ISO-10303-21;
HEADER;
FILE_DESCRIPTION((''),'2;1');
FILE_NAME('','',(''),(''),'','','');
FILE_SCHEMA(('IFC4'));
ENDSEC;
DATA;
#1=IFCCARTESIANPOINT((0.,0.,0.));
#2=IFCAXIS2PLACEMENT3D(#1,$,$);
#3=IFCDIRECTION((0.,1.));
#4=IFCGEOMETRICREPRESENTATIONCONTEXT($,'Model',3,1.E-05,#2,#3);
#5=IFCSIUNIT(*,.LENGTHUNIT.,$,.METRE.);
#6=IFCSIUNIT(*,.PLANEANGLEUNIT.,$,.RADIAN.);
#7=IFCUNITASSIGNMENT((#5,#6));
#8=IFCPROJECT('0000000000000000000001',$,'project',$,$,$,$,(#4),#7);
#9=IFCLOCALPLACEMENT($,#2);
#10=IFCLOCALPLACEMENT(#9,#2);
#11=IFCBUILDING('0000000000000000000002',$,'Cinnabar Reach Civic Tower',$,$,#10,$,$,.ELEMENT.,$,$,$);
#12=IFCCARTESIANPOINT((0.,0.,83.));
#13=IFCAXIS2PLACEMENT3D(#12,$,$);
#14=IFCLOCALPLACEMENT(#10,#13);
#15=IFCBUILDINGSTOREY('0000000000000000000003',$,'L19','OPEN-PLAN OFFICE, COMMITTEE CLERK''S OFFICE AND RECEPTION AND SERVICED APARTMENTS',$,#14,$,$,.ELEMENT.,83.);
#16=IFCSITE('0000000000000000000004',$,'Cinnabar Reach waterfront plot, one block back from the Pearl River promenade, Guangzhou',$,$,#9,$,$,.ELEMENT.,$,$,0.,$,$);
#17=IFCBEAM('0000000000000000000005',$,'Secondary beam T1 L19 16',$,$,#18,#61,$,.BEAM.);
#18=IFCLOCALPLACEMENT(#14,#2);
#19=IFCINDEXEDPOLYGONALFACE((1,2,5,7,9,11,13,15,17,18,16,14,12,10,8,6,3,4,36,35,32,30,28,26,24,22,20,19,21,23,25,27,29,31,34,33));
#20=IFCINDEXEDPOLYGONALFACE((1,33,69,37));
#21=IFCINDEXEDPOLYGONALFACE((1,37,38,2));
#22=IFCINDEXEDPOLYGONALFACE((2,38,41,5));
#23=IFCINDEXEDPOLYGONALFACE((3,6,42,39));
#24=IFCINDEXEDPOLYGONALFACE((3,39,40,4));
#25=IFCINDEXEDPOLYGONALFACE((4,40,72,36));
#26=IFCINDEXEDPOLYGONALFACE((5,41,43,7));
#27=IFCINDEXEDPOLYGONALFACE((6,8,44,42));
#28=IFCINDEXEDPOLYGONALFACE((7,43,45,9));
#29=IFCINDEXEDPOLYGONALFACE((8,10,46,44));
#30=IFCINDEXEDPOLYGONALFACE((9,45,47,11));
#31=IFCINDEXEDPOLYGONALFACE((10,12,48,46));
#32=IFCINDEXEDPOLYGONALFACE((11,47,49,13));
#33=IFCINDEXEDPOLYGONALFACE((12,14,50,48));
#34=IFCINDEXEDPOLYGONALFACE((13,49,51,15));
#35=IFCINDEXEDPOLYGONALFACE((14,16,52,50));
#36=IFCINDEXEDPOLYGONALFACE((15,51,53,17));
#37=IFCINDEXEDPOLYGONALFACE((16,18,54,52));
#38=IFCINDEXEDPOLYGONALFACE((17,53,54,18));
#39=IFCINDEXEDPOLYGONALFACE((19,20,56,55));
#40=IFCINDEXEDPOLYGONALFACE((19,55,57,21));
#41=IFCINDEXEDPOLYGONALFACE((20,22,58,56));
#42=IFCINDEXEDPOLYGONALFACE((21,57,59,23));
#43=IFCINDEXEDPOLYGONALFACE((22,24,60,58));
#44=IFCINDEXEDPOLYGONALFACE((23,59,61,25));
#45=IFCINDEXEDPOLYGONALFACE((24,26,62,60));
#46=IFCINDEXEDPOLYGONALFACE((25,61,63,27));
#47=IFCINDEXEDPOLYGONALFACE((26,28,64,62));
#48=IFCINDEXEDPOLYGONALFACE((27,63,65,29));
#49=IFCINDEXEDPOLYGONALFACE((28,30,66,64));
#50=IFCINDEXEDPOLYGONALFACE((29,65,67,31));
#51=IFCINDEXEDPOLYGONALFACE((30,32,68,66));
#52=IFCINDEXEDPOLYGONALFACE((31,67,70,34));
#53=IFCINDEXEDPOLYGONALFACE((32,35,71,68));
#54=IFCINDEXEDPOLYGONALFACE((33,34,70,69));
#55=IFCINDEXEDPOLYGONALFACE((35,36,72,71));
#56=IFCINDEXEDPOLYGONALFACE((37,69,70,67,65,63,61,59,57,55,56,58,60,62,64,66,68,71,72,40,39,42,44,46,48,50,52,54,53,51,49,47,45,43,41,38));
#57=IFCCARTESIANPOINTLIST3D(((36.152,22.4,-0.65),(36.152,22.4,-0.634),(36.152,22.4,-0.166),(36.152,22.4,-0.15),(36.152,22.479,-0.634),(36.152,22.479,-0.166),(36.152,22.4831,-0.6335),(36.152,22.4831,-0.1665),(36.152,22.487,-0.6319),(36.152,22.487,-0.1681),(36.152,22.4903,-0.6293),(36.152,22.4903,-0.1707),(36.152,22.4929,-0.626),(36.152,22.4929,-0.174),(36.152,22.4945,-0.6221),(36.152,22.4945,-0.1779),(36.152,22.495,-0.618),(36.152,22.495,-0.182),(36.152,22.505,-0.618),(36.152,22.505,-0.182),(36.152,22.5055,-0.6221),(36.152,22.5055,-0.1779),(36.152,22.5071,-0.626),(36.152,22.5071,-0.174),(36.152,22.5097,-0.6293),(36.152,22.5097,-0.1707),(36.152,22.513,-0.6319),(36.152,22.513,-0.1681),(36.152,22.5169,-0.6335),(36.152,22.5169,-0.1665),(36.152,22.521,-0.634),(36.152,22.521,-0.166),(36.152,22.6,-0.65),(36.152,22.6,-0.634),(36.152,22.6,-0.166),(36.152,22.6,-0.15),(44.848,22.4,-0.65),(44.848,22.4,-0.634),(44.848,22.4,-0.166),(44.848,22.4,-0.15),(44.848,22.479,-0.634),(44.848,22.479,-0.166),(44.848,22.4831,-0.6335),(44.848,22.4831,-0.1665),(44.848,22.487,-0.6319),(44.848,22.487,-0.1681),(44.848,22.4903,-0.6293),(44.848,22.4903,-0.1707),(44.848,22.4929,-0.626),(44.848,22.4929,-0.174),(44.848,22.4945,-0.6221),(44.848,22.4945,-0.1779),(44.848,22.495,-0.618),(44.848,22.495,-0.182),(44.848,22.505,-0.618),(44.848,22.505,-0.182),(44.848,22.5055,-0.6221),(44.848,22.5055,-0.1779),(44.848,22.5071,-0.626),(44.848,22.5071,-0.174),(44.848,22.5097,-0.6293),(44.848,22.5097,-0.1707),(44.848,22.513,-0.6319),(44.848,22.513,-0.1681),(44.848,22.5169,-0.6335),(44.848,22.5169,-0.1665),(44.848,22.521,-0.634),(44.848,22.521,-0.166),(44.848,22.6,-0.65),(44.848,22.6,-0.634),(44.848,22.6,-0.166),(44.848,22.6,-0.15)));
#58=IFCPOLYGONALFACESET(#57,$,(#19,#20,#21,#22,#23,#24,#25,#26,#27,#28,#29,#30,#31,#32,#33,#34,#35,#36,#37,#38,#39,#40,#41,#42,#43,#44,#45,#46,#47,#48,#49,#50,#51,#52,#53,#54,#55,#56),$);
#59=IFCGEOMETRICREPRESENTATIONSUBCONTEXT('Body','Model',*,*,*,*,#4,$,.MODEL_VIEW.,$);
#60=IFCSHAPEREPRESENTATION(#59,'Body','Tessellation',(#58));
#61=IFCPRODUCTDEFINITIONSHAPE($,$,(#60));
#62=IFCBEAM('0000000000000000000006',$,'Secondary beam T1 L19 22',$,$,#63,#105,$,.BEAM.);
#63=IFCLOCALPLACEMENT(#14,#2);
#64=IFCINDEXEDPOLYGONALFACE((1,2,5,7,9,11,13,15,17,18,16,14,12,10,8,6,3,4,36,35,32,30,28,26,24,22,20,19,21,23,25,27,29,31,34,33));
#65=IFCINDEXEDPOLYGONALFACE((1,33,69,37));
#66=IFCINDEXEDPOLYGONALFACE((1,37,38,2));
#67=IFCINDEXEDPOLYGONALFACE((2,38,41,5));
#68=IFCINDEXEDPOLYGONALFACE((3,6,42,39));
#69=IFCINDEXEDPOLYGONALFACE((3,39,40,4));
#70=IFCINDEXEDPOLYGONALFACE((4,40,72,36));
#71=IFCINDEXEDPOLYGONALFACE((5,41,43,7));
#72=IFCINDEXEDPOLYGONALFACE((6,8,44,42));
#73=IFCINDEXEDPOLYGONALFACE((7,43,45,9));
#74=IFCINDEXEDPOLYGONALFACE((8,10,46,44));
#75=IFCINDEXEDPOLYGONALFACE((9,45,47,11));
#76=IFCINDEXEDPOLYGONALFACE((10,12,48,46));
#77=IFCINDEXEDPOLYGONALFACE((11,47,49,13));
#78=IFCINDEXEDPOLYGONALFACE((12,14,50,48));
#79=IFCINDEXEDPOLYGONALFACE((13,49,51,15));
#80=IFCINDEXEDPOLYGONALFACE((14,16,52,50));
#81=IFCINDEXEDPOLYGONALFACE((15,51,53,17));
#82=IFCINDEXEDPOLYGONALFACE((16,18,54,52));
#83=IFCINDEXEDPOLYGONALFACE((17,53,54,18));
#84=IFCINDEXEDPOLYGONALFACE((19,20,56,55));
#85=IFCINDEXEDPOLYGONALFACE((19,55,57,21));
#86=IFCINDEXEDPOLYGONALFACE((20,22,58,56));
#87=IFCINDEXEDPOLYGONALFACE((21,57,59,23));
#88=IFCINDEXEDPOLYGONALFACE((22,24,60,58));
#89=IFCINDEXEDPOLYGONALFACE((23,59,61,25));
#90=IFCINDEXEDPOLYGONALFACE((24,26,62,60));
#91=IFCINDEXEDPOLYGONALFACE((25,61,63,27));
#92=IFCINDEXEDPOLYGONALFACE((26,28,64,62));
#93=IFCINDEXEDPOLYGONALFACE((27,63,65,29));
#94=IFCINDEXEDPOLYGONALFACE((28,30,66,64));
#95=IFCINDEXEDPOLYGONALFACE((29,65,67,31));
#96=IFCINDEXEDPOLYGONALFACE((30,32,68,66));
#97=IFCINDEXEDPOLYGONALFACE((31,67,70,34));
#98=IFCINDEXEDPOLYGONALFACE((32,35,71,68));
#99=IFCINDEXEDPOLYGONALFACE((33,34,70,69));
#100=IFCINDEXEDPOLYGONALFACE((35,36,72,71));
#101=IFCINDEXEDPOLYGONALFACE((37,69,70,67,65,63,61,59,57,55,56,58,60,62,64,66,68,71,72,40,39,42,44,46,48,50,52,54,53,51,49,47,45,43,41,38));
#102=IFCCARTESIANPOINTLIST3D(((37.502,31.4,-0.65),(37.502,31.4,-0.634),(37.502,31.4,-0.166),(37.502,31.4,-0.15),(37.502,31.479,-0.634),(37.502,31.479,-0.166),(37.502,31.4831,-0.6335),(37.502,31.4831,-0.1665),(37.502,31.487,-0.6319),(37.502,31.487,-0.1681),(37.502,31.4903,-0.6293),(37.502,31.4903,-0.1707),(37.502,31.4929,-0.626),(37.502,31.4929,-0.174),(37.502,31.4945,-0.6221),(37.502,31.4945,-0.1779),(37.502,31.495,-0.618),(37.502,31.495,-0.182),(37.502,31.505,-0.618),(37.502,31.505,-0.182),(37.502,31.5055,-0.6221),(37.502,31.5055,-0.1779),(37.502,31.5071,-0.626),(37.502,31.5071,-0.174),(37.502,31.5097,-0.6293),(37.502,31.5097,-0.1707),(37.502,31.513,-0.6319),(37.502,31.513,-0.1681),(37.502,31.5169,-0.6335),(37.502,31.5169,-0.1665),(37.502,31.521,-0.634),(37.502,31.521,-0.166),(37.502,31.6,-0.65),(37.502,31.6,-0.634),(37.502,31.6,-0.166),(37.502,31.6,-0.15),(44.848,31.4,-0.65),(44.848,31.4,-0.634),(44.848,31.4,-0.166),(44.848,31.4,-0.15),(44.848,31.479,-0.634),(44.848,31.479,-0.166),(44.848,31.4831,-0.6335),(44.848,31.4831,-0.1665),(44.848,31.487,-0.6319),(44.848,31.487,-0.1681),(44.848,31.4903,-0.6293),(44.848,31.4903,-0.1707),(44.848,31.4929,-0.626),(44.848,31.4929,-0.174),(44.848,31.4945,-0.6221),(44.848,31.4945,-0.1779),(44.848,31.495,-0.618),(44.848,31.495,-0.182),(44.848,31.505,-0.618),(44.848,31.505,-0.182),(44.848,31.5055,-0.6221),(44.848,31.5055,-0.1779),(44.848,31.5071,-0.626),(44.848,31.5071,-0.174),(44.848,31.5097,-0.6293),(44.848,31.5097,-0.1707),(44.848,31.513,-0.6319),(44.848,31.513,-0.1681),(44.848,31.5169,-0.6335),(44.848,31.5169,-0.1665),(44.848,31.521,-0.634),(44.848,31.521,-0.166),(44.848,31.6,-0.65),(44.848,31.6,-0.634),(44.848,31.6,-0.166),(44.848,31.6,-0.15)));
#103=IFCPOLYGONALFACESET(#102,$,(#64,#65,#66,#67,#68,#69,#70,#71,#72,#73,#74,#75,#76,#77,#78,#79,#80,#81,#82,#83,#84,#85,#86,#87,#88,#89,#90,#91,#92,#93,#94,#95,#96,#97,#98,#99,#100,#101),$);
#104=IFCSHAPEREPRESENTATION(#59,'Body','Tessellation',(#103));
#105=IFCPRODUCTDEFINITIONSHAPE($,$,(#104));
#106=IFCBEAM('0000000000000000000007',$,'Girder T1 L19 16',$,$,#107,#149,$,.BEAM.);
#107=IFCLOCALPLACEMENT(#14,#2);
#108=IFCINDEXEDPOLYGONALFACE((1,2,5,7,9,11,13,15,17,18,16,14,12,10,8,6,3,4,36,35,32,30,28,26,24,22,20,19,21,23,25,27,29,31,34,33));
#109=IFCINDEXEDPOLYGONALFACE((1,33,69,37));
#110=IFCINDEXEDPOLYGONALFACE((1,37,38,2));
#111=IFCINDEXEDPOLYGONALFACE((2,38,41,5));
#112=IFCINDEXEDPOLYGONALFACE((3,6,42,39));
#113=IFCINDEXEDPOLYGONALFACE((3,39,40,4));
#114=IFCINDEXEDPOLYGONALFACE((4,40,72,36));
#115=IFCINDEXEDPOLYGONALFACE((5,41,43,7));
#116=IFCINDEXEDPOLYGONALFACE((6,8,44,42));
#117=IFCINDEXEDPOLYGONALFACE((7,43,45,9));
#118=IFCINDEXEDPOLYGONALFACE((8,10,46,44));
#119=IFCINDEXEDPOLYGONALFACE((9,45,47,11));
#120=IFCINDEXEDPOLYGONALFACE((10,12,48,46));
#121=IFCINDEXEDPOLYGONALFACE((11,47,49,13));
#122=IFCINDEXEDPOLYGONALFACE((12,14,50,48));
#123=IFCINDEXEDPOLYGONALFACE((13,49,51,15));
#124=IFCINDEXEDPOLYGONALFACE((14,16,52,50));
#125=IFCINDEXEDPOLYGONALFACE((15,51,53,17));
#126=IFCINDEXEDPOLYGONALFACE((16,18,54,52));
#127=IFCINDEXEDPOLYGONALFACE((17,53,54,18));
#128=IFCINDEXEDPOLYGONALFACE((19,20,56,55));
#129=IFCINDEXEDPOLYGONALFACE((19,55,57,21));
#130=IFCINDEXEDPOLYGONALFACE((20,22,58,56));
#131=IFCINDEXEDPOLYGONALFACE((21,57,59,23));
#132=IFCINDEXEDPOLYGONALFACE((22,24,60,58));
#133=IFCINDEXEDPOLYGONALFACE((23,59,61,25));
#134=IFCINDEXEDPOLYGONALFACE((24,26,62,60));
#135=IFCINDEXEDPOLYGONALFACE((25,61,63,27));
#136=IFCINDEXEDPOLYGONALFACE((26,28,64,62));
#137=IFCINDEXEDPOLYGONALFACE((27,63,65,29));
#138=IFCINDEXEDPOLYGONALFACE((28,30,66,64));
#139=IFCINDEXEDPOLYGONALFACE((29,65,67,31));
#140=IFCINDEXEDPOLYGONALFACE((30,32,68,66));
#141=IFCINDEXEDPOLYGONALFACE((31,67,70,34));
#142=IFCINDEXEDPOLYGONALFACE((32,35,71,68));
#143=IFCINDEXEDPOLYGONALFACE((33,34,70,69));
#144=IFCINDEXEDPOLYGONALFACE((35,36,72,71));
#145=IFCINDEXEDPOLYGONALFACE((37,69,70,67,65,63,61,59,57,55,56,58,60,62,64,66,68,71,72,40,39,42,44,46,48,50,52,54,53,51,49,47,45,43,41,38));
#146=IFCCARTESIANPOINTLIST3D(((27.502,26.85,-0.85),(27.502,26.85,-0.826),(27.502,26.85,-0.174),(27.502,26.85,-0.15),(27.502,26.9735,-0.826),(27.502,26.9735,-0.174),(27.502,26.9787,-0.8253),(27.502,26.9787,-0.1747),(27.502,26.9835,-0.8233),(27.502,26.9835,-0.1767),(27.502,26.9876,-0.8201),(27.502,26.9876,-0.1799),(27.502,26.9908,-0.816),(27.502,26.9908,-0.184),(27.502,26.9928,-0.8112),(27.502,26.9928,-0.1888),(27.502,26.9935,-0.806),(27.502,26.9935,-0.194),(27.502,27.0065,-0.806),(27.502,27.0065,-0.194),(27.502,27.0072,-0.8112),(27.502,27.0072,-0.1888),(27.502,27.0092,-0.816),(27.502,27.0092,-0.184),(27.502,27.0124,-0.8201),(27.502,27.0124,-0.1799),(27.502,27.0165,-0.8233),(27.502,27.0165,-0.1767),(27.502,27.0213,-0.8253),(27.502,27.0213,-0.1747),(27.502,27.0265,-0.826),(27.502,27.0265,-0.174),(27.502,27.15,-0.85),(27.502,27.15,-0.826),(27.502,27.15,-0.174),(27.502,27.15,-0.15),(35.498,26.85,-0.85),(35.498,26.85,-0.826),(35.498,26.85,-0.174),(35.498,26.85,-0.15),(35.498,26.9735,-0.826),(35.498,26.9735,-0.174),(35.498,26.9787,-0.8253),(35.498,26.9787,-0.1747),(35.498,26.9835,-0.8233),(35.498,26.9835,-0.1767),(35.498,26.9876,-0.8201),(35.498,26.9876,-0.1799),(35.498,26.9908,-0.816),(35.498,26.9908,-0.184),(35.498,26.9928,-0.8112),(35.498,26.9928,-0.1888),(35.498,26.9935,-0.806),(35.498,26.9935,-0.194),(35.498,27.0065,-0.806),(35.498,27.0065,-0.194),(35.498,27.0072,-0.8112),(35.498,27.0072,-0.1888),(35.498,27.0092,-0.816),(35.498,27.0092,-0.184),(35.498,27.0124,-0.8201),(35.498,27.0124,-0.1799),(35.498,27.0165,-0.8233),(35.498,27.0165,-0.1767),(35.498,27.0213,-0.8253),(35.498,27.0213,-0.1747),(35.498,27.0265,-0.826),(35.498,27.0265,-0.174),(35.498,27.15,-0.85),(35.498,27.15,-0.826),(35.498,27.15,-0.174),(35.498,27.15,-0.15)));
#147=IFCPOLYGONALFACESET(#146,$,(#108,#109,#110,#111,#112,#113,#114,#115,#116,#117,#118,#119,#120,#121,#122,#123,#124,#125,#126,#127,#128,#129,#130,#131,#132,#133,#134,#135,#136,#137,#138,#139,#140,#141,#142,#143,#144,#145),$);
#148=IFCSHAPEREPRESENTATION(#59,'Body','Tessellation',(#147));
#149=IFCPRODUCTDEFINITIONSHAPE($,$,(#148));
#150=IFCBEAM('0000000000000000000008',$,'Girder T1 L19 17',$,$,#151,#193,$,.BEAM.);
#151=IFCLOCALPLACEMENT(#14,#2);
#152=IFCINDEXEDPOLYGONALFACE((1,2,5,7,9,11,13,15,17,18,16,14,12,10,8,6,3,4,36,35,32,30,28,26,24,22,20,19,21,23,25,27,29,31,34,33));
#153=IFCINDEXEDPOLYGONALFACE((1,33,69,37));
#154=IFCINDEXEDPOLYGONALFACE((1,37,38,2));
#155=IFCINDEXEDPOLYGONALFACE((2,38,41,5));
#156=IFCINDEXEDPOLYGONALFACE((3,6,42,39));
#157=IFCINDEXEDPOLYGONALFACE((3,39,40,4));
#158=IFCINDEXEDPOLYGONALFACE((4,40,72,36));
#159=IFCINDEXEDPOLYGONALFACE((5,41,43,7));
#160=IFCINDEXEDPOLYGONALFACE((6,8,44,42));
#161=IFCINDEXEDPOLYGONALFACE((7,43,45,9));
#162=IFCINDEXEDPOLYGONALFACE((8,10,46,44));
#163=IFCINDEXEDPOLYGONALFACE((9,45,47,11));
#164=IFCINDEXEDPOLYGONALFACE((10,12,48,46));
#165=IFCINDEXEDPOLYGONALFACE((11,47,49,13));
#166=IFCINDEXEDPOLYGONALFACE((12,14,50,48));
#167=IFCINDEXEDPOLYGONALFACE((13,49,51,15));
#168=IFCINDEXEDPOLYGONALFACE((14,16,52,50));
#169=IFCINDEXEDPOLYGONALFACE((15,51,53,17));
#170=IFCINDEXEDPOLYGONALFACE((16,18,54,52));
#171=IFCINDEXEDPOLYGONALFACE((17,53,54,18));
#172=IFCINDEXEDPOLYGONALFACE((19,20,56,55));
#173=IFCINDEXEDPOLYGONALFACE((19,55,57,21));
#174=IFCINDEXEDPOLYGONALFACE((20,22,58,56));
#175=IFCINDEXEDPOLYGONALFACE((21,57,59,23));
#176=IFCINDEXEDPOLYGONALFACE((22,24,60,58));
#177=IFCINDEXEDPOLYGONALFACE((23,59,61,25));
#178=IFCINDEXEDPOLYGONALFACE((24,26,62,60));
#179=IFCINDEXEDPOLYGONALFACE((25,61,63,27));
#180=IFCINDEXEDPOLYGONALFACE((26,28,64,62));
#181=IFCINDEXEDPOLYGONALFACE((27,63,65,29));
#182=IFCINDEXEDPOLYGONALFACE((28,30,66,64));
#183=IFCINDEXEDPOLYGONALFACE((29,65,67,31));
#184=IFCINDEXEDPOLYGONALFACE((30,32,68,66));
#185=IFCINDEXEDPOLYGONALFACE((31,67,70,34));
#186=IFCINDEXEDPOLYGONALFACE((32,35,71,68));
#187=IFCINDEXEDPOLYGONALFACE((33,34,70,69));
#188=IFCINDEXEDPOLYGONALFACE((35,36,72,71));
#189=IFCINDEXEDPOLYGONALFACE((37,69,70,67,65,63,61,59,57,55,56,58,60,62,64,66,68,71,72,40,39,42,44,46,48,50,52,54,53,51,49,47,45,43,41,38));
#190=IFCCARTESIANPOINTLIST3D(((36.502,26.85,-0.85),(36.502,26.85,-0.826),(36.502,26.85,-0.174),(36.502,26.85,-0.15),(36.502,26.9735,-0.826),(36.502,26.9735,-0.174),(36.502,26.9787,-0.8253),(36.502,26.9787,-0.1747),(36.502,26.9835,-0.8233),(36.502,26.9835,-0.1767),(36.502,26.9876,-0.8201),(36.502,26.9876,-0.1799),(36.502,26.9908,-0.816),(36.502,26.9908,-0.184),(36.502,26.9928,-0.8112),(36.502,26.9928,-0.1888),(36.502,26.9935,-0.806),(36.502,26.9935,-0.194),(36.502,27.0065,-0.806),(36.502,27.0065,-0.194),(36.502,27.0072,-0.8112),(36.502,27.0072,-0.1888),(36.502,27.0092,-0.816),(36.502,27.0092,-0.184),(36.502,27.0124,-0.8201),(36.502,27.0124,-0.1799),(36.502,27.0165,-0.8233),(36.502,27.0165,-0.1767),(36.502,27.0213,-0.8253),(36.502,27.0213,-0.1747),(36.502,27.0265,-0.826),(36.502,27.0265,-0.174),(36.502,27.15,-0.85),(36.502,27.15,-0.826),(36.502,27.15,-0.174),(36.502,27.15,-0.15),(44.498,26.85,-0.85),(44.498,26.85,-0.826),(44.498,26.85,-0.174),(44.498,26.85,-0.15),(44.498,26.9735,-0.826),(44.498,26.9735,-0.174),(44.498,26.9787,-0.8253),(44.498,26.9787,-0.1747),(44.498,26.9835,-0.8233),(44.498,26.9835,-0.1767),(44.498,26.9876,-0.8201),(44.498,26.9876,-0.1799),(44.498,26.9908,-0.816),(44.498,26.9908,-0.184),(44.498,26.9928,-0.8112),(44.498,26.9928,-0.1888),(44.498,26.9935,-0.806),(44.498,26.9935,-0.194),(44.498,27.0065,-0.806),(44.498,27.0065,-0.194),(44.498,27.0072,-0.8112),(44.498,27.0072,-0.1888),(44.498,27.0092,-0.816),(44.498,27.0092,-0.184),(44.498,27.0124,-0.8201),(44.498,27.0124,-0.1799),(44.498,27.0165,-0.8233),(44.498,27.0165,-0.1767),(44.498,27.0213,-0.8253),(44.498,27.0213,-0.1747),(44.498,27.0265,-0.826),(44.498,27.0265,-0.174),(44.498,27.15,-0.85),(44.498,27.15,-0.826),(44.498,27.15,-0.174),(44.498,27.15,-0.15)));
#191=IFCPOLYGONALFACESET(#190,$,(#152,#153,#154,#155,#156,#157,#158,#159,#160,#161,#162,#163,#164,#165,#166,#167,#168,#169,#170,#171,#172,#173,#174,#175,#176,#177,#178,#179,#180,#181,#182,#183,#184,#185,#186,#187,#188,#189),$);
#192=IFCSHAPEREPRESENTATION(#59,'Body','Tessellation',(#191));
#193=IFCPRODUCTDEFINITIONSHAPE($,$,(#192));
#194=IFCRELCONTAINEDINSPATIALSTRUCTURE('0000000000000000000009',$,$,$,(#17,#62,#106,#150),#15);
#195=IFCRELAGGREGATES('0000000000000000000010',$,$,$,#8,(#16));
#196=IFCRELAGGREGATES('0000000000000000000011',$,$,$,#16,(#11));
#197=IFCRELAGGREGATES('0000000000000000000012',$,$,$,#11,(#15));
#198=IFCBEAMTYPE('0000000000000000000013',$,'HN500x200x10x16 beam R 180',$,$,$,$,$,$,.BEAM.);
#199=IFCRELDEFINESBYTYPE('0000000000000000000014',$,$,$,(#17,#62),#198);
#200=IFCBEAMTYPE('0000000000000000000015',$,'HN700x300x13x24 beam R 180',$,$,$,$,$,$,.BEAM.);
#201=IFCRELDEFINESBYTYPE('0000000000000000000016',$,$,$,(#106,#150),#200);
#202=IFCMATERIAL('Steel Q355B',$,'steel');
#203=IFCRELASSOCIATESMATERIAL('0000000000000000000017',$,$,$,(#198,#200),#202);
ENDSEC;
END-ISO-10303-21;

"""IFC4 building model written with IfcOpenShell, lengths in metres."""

from ifc_helpers import new_model, si_unit, direction, frame, origin, origin_2d, place, context, subcontext, project, spatial, i_section, extrude, material, material_profile, profile_set, type_object, element, save


model = new_model("IFC4")

# Units and contexts
model_context = context("Model", 3, precision=1e-05, world=origin(), true_north=direction((0.0, 1.0)))
body_context = subcontext(model_context, "Body", "Model", "MODEL_VIEW")
ifc_project = project(units=[si_unit("LENGTHUNIT", "METRE"), si_unit("PLANEANGLEUNIT", "RADIAN")], contexts=[model_context])

# Site, building, storey
site_placement = place(None, origin())
site = spatial("IfcSite", under=ifc_project, at=site_placement, Name="Cinnabar Reach waterfront plot, one block back from the Pearl River promenade, Guangzhou", CompositionType="ELEMENT", RefElevation=0.0)
building_placement = place(site_placement, origin())
building = spatial("IfcBuilding", under=site, at=building_placement, Name="Cinnabar Reach Civic Tower", CompositionType="ELEMENT")
storey_placement = place(building_placement, frame((0.0, 0.0, 83.0)))
storey = spatial("IfcBuildingStorey", under=building, at=storey_placement, Name="L19", Description="OPEN-PLAN OFFICE, COMMITTEE CLERK'S OFFICE AND RECEPTION AND SERVICED APARTMENTS", CompositionType="ELEMENT", Elevation=83.0)

# Beams
ifc_material_1 = material(Name="Steel Q355B", Category="steel")
ifc_material_profile_1 = material_profile(ifc_material_1, i_section(OverallWidth=0.2, OverallDepth=0.5, WebThickness=0.01, FlangeThickness=0.016, FilletRadius=0.016, at=origin_2d()), Name="HN500x200x10x16")
ifc_profile_set_1 = profile_set([ifc_material_profile_1], Name="Steel Q355B")
beam_type_1 = type_object("IfcBeamType", Name="HN500x200x10x16 beam R 180", PredefinedType="BEAM", material=ifc_profile_set_1)
for number, where, z_axis, x_axis, name in (
    (1, (36.152, 22.5, -0.4), (1.0, 0.0, 0.0), (0.0, 1.0, 0.0), "Secondary beam T1 L19 16"),
):
    element("IfcBeam", number, at=place(storey_placement, frame(where, z_axis=z_axis, x_axis=x_axis)), inside=storey, type_object=beam_type_1, Name=name, PredefinedType="BEAM", context=body_context, shape_type="SweptSolid", body=[
        extrude(i_section(OverallWidth=0.2, OverallDepth=0.5, WebThickness=0.01, FlangeThickness=0.016, FilletRadius=0.016, at=origin_2d()), origin(), (0.0, 0.0, 1.0), 8.696),
    ])
beam_1_placement = place(storey_placement, frame((37.502, 31.5, -0.4), z_axis=(1.0, 0.0, 0.0), x_axis=(0.0, 1.0, 0.0)))
element("IfcBeam", 2, at=beam_1_placement, inside=storey, type_object=beam_type_1, Name="Secondary beam T1 L19 22", PredefinedType="BEAM", context=body_context, shape_type="SweptSolid", body=[
    extrude(i_section(OverallWidth=0.2, OverallDepth=0.5, WebThickness=0.01, FlangeThickness=0.016, FilletRadius=0.016, at=origin_2d()), origin(), (0.0, 0.0, 1.0), 7.346),
])
ifc_material_profile_2 = material_profile(ifc_material_1, i_section(OverallWidth=0.3, OverallDepth=0.7, WebThickness=0.013, FlangeThickness=0.024, FilletRadius=0.02, at=origin_2d()), Name="HN700x300x13x24")
ifc_profile_set_2 = profile_set([ifc_material_profile_2], Name="Steel Q355B")
beam_type_2 = type_object("IfcBeamType", Name="HN700x300x13x24 beam R 180", PredefinedType="BEAM", material=ifc_profile_set_2)
for number, where, z_axis, x_axis, name in (
    (3, (27.502, 27.0, -0.5), (1.0, 0.0, 0.0), (0.0, 1.0, 0.0), "Girder T1 L19 16"),
    (4, (36.502, 27.0, -0.5), (1.0, 0.0, 0.0), (0.0, 1.0, 0.0), "Girder T1 L19 17"),
):
    element("IfcBeam", number, at=place(storey_placement, frame(where, z_axis=z_axis, x_axis=x_axis)), inside=storey, type_object=beam_type_2, Name=name, PredefinedType="BEAM", context=body_context, shape_type="SweptSolid", body=[
        extrude(i_section(OverallWidth=0.3, OverallDepth=0.7, WebThickness=0.013, FlangeThickness=0.024, FilletRadius=0.02, at=origin_2d()), origin(), (0.0, 0.0, 1.0), 7.996),
    ])

save(model, "model.ifc")
